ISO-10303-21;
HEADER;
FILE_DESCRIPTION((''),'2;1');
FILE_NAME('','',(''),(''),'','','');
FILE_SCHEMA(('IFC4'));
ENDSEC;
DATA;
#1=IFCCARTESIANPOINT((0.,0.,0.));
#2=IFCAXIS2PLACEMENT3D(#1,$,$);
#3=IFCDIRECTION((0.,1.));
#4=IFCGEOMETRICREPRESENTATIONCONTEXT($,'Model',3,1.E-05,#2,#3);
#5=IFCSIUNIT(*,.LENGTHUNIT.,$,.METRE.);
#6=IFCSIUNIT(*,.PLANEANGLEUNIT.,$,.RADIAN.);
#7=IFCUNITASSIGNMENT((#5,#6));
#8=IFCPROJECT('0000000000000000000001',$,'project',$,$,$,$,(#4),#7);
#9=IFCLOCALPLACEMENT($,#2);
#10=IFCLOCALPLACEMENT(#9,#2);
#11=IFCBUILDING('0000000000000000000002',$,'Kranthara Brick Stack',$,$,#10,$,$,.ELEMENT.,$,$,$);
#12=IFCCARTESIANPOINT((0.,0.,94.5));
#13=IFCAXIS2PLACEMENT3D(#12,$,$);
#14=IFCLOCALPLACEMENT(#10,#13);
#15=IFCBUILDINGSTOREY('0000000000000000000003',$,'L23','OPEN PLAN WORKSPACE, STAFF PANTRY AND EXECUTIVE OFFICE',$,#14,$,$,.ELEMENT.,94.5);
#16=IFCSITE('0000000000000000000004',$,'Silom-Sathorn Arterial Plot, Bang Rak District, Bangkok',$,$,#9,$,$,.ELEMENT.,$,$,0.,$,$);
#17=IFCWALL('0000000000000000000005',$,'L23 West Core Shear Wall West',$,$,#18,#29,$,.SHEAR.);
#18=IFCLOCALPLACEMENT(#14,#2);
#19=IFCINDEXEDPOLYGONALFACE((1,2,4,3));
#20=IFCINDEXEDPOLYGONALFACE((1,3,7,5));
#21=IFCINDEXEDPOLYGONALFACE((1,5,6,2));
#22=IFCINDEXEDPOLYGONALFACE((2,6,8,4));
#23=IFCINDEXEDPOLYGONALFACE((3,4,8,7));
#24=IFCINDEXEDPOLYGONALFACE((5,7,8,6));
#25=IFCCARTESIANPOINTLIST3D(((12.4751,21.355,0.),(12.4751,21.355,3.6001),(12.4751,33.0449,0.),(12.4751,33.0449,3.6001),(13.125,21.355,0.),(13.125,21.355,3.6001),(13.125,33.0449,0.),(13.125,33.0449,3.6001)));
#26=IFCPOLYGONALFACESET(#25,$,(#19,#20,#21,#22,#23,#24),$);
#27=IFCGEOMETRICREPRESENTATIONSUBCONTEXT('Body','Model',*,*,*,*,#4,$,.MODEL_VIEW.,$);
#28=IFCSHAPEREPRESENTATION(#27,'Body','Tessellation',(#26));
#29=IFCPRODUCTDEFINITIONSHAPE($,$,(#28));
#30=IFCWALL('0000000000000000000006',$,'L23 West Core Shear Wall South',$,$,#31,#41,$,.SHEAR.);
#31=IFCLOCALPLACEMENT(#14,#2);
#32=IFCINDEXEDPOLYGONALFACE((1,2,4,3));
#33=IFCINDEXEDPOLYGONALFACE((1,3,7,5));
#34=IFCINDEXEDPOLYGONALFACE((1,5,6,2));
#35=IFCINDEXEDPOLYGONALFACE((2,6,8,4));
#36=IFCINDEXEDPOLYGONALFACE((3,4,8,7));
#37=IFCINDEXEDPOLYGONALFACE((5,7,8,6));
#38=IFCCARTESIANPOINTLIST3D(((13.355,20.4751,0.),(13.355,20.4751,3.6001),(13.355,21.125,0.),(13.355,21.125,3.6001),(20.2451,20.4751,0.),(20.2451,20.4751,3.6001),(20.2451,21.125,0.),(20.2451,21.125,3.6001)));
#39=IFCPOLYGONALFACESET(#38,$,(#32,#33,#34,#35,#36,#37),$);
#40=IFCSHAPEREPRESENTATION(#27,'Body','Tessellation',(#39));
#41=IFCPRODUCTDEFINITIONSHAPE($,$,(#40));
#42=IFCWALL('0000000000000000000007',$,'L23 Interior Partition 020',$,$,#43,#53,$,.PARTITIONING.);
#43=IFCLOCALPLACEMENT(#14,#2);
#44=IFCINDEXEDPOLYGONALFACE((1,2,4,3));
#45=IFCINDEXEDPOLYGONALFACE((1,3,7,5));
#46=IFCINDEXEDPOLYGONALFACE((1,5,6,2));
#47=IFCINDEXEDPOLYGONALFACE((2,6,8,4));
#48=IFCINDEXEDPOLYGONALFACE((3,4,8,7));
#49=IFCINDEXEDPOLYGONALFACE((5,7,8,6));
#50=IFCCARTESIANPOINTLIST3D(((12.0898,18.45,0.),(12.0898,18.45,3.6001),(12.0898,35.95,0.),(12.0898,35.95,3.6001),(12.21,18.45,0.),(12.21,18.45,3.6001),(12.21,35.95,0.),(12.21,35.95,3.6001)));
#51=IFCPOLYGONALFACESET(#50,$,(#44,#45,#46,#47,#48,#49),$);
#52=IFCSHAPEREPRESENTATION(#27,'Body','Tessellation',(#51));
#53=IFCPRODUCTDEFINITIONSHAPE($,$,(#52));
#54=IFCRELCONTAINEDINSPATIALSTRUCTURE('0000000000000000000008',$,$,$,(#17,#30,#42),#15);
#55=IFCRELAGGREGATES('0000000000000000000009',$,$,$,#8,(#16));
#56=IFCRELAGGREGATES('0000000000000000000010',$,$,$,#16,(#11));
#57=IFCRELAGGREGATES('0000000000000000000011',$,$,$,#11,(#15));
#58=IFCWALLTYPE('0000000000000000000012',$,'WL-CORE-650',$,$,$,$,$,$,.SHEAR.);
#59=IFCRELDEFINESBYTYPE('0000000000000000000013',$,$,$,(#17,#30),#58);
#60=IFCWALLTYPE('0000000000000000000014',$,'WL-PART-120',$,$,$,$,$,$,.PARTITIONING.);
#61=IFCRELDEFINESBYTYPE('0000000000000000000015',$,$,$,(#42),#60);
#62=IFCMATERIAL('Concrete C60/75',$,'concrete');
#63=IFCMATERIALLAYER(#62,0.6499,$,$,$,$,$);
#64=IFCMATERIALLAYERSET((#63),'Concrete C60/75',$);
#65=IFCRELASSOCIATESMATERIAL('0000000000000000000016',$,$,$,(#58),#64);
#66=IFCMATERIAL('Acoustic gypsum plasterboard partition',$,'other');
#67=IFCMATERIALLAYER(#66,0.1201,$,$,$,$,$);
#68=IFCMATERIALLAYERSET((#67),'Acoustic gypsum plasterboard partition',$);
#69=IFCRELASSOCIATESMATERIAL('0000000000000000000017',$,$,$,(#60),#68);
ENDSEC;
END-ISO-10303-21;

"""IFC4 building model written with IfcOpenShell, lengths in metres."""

from ifc_helpers import new_model, si_unit, direction, frame, frame_2d, origin, place, context, subcontext, project, spatial, rectangle, extrude, material, layer, layer_set, type_object, element, save


model = new_model("IFC4")

# Units and contexts
model_context = context("Model", 3, precision=1e-05, world=origin(), true_north=direction((0.0, 1.0)))
body_context = subcontext(model_context, "Body", "Model", "MODEL_VIEW")
ifc_project = project(units=[si_unit("LENGTHUNIT", "METRE"), si_unit("PLANEANGLEUNIT", "RADIAN")], contexts=[model_context])

# Site, building, storey
site_placement = place(None, origin())
site = spatial("IfcSite", under=ifc_project, at=site_placement, Name="Silom-Sathorn Arterial Plot, Bang Rak District, Bangkok", CompositionType="ELEMENT", RefElevation=0.0)
building_placement = place(site_placement, origin())
building = spatial("IfcBuilding", under=site, at=building_placement, Name="Kranthara Brick Stack", CompositionType="ELEMENT")
storey_placement = place(building_placement, frame((0.0, 0.0, 94.5)))
storey = spatial("IfcBuildingStorey", under=building, at=storey_placement, Name="L23", Description="OPEN PLAN WORKSPACE, STAFF PANTRY AND EXECUTIVE OFFICE", CompositionType="ELEMENT", Elevation=94.5)

# Walls
ifc_material_1 = material(Name="Concrete C60/75", Category="concrete")
ifc_layer_1 = layer(ifc_material_1, 0.6499)
ifc_layer_set_1 = layer_set([ifc_layer_1], Name="Concrete C60/75")
wall_type_1 = type_object("IfcWallType", Name="WL-CORE-650", PredefinedType="SHEAR", material=ifc_layer_set_1)
wall_1_placement = place(storey_placement, frame((12.8, 21.355, 0.0), z_axis=(0.0, 0.0, 1.0), x_axis=(0.0, 1.0, 0.0)))
element("IfcWall", 1, at=wall_1_placement, inside=storey, type_object=wall_type_1, Name="L23 West Core Shear Wall West", PredefinedType="SHEAR", context=body_context, shape_type="SweptSolid", body=[
    extrude(rectangle(XDim=11.6899, YDim=0.6499, at=frame_2d((5.845, 0.0))), origin(), (0.0, 0.0, 1.0), 3.6001),
])
wall_2_placement = place(storey_placement, frame((13.355, 20.8, 0.0), z_axis=(0.0, 0.0, 1.0), x_axis=(1.0, 0.0, 0.0)))
element("IfcWall", 2, at=wall_2_placement, inside=storey, type_object=wall_type_1, Name="L23 West Core Shear Wall South", PredefinedType="SHEAR", context=body_context, shape_type="SweptSolid", body=[
    extrude(rectangle(XDim=6.8901, YDim=0.6499, at=frame_2d((3.4451, 0.0))), origin(), (0.0, 0.0, 1.0), 3.6001),
])

# Wall
ifc_material_2 = material(Name="Acoustic gypsum plasterboard partition", Category="other")
ifc_layer_2 = layer(ifc_material_2, 0.1201)
ifc_layer_set_2 = layer_set([ifc_layer_2], Name="Acoustic gypsum plasterboard partition")
wall_type_2 = type_object("IfcWallType", Name="WL-PART-120", PredefinedType="PARTITIONING", material=ifc_layer_set_2)
wall_3_placement = place(storey_placement, frame((12.1499, 18.45, 0.0), z_axis=(0.0, 0.0, 1.0), x_axis=(0.0, 1.0, 0.0)))
element("IfcWall", 3, at=wall_3_placement, inside=storey, type_object=wall_type_2, Name="L23 Interior Partition 020", PredefinedType="PARTITIONING", context=body_context, shape_type="SweptSolid", body=[
    extrude(rectangle(XDim=17.5, YDim=0.1201, at=frame_2d((8.75, 0.0))), origin(), (0.0, 0.0, 1.0), 3.6001),
])

save(model, "model.ifc")
